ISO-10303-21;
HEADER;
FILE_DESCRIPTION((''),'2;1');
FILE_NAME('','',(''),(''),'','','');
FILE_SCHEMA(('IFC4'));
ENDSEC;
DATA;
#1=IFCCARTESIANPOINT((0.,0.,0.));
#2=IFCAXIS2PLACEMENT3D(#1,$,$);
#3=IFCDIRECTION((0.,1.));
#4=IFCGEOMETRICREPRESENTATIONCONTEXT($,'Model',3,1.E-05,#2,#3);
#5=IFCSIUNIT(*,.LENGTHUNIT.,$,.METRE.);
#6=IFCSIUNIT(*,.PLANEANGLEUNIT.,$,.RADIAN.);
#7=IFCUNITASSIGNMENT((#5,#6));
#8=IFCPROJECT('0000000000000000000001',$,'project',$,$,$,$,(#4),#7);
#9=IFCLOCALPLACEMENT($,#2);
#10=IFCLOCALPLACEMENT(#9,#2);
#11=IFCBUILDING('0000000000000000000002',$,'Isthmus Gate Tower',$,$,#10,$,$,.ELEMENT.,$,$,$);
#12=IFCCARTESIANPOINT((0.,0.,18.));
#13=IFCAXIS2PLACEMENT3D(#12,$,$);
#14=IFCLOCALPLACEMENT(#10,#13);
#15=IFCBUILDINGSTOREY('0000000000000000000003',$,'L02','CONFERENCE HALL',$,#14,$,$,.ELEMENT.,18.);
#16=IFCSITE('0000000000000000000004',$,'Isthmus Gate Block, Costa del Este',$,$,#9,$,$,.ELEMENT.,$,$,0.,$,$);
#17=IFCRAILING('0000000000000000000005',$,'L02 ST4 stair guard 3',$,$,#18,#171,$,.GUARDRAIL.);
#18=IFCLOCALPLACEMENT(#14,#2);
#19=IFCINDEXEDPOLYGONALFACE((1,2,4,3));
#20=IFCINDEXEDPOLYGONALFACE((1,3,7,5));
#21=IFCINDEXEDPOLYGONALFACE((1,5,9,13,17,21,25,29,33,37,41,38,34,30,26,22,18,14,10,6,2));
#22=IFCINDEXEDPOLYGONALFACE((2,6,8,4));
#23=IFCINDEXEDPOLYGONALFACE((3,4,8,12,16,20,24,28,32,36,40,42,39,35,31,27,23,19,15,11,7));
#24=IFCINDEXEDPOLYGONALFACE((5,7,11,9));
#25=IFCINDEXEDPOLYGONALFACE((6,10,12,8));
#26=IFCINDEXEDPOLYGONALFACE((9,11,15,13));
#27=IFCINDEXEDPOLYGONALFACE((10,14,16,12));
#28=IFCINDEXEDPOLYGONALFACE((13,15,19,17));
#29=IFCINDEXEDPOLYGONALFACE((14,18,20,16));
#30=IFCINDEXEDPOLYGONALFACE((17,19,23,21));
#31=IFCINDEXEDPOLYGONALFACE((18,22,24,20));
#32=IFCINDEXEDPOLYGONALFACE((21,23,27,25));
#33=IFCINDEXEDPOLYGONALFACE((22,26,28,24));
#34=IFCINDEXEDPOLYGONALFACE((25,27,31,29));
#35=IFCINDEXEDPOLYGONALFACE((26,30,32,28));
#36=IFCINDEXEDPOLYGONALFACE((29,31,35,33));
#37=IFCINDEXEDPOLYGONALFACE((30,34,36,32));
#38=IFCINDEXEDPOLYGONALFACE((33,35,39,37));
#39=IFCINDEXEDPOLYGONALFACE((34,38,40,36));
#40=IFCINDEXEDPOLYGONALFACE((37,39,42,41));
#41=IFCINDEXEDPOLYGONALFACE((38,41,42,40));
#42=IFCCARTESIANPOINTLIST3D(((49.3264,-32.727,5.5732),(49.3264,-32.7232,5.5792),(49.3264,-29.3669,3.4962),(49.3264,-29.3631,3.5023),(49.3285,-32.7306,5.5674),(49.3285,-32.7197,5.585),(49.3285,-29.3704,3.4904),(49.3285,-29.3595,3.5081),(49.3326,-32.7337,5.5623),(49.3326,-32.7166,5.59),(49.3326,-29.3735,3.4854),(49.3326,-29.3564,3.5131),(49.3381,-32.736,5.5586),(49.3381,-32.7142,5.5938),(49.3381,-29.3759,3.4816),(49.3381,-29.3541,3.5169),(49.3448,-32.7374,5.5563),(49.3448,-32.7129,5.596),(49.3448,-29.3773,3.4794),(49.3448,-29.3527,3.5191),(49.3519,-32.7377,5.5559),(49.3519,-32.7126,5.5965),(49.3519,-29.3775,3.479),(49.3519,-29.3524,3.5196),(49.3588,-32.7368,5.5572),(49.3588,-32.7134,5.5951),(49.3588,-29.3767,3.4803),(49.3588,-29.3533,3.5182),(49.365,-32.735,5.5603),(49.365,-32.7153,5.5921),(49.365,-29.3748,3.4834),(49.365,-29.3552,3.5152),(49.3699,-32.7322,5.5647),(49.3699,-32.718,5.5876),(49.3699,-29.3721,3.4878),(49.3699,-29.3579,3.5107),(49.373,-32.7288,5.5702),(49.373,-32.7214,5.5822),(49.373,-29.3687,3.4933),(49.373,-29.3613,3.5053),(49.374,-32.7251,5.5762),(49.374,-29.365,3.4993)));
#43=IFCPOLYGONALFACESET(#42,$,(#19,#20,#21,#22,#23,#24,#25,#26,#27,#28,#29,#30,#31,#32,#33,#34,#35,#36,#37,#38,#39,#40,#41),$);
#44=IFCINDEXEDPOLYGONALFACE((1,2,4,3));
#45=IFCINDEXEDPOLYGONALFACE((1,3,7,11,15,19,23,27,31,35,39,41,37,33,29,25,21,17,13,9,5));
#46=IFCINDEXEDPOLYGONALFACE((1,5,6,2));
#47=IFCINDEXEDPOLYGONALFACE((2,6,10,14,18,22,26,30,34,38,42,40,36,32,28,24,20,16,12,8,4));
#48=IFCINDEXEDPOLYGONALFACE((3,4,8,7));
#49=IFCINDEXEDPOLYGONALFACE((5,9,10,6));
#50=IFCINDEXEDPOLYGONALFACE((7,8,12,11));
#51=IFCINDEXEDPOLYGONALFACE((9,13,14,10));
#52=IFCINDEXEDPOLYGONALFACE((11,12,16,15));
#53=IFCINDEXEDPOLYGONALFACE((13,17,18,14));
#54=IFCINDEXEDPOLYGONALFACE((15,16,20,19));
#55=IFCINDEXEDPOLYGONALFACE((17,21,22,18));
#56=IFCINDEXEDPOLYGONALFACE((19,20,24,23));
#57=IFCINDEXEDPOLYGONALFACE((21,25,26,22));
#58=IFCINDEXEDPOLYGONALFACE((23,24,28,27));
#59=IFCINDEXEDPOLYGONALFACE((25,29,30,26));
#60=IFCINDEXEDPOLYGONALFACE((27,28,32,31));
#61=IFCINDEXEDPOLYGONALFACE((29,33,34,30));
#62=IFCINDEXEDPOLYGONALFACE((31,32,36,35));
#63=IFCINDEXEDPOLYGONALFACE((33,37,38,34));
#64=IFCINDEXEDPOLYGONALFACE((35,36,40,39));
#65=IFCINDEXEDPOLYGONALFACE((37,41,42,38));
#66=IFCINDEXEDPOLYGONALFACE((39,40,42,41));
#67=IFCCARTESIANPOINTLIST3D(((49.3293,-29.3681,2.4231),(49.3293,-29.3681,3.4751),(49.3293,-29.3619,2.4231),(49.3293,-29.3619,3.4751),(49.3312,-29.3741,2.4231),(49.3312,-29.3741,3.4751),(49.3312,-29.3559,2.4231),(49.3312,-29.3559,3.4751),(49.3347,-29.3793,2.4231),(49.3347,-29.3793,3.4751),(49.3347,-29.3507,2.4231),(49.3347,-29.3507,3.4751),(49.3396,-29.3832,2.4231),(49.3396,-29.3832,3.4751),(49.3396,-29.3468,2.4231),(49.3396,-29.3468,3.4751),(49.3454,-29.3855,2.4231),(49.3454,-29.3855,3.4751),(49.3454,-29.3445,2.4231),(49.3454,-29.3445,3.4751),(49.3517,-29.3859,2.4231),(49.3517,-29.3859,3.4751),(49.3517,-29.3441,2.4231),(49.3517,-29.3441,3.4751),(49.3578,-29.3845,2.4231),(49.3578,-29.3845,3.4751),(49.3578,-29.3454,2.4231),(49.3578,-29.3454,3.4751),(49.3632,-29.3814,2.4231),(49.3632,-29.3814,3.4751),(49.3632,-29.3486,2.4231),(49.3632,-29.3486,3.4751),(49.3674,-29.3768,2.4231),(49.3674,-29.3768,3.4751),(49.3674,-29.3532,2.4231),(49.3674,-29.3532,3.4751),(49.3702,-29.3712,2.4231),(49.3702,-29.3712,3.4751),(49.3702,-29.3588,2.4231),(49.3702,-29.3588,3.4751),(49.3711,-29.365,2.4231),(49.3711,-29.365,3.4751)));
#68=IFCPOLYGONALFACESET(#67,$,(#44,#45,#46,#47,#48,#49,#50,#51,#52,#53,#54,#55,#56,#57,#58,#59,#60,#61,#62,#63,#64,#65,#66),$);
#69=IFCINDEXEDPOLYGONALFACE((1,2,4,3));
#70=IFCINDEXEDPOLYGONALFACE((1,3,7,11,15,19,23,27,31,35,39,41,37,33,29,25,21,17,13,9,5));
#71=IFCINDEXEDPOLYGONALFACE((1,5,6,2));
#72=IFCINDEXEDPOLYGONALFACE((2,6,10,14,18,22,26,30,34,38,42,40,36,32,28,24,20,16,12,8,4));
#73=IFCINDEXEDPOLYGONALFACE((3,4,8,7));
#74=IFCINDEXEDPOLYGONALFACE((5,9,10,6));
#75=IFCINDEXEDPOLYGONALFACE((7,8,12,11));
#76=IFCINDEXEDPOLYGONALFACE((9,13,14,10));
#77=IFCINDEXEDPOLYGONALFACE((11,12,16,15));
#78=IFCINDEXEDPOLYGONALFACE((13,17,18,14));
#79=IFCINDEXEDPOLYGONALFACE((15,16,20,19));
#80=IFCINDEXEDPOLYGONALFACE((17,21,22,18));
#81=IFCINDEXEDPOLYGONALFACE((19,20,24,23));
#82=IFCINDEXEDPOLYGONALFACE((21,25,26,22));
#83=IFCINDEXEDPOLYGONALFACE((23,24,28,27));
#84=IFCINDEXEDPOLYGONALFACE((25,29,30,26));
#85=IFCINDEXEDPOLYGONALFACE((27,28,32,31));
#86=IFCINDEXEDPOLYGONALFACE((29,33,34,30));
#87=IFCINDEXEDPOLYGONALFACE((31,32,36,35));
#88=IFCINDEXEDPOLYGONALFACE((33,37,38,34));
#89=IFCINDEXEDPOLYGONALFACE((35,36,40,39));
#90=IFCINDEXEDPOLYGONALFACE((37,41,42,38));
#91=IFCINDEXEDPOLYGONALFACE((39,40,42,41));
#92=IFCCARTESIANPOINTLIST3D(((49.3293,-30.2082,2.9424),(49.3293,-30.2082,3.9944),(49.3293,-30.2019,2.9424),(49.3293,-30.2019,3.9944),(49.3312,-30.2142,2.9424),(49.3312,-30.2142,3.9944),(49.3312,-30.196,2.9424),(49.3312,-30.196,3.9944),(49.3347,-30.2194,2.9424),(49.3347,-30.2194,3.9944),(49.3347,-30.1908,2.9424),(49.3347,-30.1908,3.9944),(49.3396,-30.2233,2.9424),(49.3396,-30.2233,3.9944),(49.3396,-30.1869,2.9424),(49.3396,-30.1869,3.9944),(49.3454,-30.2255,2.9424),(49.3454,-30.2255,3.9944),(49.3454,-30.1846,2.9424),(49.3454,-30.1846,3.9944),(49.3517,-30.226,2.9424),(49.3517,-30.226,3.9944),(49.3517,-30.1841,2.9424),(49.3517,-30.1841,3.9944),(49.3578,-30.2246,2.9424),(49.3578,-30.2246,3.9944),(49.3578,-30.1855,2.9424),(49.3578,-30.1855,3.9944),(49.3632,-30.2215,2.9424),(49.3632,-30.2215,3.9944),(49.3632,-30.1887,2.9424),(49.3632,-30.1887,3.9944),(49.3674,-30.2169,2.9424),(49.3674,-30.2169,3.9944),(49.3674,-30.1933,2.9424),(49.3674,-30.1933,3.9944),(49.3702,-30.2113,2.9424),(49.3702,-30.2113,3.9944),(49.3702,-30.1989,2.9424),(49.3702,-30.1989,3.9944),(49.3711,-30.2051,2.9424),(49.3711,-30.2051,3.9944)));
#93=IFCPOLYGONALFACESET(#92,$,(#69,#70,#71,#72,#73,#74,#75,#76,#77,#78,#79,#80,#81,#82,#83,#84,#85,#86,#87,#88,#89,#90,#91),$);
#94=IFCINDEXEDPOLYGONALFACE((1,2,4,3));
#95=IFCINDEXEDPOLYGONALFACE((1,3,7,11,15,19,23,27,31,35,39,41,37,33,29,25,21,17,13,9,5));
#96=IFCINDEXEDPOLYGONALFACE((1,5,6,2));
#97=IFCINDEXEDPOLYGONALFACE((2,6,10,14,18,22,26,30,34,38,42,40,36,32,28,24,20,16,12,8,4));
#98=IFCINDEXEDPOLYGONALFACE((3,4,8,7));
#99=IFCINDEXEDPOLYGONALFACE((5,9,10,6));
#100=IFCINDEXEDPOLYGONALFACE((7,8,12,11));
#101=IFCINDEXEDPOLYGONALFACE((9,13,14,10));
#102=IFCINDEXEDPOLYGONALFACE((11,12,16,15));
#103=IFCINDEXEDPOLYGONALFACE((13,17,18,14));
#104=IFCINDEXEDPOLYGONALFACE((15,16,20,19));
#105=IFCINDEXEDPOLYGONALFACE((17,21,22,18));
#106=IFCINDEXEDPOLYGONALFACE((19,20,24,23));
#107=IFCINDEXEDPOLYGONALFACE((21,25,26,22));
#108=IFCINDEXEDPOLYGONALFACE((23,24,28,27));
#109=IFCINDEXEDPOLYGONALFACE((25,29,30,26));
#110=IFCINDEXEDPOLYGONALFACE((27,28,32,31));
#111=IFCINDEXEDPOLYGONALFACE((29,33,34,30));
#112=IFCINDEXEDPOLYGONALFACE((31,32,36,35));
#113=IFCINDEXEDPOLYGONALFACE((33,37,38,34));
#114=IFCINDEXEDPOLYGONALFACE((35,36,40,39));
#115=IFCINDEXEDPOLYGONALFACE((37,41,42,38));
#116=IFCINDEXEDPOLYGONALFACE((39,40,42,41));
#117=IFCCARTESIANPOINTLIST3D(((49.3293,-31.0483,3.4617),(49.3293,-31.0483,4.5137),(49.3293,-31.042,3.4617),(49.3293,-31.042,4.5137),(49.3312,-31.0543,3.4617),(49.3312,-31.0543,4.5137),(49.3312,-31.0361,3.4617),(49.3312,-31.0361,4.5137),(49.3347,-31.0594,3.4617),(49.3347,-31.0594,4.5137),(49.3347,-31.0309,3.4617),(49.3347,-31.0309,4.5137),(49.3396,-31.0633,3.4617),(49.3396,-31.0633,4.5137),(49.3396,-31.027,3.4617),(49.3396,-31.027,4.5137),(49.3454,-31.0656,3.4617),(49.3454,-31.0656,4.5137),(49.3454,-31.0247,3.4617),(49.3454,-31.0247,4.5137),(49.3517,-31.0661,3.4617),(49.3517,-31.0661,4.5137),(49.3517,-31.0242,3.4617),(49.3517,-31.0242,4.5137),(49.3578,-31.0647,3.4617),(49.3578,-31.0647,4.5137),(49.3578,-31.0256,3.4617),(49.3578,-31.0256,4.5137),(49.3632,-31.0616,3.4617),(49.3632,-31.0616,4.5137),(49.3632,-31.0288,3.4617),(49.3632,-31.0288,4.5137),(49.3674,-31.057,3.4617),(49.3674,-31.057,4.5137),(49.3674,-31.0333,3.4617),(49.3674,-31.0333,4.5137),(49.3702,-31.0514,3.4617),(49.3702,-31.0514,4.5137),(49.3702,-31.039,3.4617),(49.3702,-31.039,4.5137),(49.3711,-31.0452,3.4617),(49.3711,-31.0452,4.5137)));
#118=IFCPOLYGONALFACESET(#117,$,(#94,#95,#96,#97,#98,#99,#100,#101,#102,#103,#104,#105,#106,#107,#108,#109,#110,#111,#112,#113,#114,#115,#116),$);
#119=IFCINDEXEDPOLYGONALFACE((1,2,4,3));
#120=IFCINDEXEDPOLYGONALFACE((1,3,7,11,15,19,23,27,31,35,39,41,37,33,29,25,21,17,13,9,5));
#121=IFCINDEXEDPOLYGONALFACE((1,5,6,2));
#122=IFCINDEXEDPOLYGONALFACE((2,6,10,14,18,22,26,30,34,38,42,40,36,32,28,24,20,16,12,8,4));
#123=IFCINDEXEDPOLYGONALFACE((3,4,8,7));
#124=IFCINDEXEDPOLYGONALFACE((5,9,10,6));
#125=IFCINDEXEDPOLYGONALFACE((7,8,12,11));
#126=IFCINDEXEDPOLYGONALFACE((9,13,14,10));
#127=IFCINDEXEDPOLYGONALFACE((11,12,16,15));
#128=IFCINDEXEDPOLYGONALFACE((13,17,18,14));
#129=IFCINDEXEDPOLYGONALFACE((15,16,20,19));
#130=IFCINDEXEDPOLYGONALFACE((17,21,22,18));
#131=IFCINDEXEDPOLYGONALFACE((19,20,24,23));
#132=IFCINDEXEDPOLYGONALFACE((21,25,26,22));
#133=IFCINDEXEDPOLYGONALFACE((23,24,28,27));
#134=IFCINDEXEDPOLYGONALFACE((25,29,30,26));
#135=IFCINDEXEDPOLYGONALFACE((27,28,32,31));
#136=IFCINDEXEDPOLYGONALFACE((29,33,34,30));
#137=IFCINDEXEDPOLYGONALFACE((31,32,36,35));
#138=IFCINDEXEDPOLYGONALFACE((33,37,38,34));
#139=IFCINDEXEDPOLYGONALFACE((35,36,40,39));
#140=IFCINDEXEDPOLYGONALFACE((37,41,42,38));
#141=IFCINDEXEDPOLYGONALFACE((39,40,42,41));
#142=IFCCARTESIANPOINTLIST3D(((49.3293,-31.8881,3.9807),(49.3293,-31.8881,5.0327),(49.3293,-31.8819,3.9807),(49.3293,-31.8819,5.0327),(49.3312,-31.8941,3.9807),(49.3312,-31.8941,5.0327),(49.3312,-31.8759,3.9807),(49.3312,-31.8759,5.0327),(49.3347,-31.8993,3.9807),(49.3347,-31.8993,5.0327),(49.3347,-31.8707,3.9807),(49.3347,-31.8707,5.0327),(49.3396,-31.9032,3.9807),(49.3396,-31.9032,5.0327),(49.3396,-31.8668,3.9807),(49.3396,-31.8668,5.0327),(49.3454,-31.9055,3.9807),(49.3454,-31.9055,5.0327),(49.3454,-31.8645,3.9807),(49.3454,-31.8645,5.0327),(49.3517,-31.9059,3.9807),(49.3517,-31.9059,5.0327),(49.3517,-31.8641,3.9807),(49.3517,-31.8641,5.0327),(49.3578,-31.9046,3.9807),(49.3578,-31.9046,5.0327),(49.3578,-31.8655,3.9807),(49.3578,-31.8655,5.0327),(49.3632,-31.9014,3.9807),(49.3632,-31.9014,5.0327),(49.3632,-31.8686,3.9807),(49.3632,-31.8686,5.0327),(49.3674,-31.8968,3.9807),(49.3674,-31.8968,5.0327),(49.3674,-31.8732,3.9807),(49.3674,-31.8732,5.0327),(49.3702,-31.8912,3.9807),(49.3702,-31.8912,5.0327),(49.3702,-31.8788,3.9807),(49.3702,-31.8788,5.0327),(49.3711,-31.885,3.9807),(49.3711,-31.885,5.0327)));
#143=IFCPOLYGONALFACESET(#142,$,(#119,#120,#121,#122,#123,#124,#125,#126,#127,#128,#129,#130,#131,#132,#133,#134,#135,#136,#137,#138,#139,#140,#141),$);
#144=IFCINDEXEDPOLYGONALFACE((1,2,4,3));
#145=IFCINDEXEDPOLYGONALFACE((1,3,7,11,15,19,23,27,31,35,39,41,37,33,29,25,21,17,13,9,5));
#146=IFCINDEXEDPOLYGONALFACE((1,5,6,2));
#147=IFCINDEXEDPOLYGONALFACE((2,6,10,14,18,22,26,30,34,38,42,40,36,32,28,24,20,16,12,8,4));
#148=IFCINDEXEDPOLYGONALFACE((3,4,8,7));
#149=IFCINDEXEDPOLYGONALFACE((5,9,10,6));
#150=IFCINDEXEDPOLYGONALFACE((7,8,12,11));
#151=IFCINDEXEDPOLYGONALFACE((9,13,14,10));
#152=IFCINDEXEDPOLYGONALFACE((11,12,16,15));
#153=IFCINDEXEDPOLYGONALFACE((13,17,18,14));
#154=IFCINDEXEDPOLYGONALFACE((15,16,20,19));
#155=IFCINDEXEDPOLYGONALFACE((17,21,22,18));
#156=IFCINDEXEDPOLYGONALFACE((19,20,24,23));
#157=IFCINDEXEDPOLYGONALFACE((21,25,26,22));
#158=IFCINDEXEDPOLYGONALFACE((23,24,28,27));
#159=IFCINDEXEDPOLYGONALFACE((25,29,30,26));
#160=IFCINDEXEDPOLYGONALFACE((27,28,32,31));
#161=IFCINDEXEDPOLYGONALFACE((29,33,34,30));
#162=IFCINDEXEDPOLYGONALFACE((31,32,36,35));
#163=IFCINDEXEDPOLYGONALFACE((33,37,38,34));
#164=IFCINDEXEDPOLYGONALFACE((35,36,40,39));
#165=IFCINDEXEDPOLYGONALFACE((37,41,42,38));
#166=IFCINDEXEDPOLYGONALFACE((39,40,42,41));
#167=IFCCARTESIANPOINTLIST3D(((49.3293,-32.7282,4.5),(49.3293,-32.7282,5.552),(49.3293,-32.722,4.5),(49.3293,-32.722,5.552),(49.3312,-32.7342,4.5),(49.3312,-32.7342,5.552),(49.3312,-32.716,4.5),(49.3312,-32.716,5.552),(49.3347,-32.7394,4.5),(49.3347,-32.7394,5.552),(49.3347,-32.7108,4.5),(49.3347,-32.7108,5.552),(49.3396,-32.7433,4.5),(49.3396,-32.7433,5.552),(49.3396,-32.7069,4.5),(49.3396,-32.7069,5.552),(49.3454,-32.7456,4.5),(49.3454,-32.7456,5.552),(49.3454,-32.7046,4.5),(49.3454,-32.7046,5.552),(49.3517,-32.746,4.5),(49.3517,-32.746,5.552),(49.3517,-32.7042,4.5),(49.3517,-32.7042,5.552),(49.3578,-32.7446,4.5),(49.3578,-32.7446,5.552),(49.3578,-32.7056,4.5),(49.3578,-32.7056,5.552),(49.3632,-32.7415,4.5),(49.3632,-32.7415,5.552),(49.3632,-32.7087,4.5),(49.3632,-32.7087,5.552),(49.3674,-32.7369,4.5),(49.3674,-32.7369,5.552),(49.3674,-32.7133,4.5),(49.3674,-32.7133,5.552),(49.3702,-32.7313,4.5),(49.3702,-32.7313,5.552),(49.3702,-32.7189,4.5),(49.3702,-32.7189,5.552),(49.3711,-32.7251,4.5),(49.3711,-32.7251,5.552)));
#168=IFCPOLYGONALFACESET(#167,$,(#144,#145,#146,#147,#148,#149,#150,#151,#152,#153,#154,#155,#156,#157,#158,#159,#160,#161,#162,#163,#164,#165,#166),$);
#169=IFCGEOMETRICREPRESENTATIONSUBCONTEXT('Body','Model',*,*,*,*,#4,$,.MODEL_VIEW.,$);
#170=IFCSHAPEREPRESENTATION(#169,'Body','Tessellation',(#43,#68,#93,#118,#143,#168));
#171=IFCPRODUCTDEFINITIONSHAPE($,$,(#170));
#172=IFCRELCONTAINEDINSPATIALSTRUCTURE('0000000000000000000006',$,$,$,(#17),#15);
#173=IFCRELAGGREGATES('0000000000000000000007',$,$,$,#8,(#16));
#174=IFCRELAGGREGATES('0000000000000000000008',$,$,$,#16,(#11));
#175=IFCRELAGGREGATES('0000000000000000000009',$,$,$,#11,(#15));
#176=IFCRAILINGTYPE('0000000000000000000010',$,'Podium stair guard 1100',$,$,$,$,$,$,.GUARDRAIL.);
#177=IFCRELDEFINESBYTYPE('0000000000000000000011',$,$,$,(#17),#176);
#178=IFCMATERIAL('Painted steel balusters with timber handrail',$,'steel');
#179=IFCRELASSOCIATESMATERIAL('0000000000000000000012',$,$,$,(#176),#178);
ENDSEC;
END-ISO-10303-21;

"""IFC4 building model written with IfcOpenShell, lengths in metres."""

from ifc_helpers import new_model, si_unit, direction, frame, origin, origin_2d, place, context, subcontext, project, spatial, circle, extrude, material, type_object, element, save


model = new_model("IFC4")

# Units and contexts
model_context = context("Model", 3, precision=1e-05, world=origin(), true_north=direction((0.0, 1.0)))
body_context = subcontext(model_context, "Body", "Model", "MODEL_VIEW")
ifc_project = project(units=[si_unit("LENGTHUNIT", "METRE"), si_unit("PLANEANGLEUNIT", "RADIAN")], contexts=[model_context])

# Site, building, storey
site_placement = place(None, origin())
site = spatial("IfcSite", under=ifc_project, at=site_placement, Name="Isthmus Gate Block, Costa del Este", CompositionType="ELEMENT", RefElevation=0.0)
building_placement = place(site_placement, origin())
building = spatial("IfcBuilding", under=site, at=building_placement, Name="Isthmus Gate Tower", CompositionType="ELEMENT")
storey_placement = place(building_placement, frame((0.0, 0.0, 18.0)))
storey = spatial("IfcBuildingStorey", under=building, at=storey_placement, Name="L02", Description="CONFERENCE HALL", CompositionType="ELEMENT", Elevation=18.0)

# Railing
ifc_material_1 = material(Name="Painted steel balusters with timber handrail", Category="steel")
railing_type_1 = type_object("IfcRailingType", Name="Podium stair guard 1100", PredefinedType="GUARDRAIL", material=ifc_material_1)
railing_1_placement = place(storey_placement, frame((49.3501, -29.365, 2.4231)))
element("IfcRailing", 1, at=railing_1_placement, inside=storey, type_object=railing_type_1, Name="L02 ST4 stair guard 3", PredefinedType="GUARDRAIL", context=body_context, shape_type="SweptSolid", body=[
    extrude(circle(Radius=0.0239, at=origin_2d()), frame((0.0, 0.0, 1.0762), z_axis=(0.0, -0.850623, 0.525776), x_axis=(1.0, 0.0, 0.0)), (0.0, 0.0, 1.0), 3.9502),
    extrude(circle(Radius=0.021, at=origin_2d()), origin(), (0.0, 0.0, 1.0), 1.052),
    extrude(circle(Radius=0.021, at=origin_2d()), frame((0.0, -0.8401, 0.5193)), (0.0, 0.0, 1.0), 1.052),
    extrude(circle(Radius=0.021, at=origin_2d()), frame((0.0, -1.6802, 1.0386)), (0.0, 0.0, 1.0), 1.052),
    extrude(circle(Radius=0.021, at=origin_2d()), frame((0.0, -2.52, 1.5576)), (0.0, 0.0, 1.0), 1.052),
    extrude(circle(Radius=0.021, at=origin_2d()), frame((0.0, -3.3601, 2.0769)), (0.0, 0.0, 1.0), 1.052),
])

save(model, "model.ifc")
